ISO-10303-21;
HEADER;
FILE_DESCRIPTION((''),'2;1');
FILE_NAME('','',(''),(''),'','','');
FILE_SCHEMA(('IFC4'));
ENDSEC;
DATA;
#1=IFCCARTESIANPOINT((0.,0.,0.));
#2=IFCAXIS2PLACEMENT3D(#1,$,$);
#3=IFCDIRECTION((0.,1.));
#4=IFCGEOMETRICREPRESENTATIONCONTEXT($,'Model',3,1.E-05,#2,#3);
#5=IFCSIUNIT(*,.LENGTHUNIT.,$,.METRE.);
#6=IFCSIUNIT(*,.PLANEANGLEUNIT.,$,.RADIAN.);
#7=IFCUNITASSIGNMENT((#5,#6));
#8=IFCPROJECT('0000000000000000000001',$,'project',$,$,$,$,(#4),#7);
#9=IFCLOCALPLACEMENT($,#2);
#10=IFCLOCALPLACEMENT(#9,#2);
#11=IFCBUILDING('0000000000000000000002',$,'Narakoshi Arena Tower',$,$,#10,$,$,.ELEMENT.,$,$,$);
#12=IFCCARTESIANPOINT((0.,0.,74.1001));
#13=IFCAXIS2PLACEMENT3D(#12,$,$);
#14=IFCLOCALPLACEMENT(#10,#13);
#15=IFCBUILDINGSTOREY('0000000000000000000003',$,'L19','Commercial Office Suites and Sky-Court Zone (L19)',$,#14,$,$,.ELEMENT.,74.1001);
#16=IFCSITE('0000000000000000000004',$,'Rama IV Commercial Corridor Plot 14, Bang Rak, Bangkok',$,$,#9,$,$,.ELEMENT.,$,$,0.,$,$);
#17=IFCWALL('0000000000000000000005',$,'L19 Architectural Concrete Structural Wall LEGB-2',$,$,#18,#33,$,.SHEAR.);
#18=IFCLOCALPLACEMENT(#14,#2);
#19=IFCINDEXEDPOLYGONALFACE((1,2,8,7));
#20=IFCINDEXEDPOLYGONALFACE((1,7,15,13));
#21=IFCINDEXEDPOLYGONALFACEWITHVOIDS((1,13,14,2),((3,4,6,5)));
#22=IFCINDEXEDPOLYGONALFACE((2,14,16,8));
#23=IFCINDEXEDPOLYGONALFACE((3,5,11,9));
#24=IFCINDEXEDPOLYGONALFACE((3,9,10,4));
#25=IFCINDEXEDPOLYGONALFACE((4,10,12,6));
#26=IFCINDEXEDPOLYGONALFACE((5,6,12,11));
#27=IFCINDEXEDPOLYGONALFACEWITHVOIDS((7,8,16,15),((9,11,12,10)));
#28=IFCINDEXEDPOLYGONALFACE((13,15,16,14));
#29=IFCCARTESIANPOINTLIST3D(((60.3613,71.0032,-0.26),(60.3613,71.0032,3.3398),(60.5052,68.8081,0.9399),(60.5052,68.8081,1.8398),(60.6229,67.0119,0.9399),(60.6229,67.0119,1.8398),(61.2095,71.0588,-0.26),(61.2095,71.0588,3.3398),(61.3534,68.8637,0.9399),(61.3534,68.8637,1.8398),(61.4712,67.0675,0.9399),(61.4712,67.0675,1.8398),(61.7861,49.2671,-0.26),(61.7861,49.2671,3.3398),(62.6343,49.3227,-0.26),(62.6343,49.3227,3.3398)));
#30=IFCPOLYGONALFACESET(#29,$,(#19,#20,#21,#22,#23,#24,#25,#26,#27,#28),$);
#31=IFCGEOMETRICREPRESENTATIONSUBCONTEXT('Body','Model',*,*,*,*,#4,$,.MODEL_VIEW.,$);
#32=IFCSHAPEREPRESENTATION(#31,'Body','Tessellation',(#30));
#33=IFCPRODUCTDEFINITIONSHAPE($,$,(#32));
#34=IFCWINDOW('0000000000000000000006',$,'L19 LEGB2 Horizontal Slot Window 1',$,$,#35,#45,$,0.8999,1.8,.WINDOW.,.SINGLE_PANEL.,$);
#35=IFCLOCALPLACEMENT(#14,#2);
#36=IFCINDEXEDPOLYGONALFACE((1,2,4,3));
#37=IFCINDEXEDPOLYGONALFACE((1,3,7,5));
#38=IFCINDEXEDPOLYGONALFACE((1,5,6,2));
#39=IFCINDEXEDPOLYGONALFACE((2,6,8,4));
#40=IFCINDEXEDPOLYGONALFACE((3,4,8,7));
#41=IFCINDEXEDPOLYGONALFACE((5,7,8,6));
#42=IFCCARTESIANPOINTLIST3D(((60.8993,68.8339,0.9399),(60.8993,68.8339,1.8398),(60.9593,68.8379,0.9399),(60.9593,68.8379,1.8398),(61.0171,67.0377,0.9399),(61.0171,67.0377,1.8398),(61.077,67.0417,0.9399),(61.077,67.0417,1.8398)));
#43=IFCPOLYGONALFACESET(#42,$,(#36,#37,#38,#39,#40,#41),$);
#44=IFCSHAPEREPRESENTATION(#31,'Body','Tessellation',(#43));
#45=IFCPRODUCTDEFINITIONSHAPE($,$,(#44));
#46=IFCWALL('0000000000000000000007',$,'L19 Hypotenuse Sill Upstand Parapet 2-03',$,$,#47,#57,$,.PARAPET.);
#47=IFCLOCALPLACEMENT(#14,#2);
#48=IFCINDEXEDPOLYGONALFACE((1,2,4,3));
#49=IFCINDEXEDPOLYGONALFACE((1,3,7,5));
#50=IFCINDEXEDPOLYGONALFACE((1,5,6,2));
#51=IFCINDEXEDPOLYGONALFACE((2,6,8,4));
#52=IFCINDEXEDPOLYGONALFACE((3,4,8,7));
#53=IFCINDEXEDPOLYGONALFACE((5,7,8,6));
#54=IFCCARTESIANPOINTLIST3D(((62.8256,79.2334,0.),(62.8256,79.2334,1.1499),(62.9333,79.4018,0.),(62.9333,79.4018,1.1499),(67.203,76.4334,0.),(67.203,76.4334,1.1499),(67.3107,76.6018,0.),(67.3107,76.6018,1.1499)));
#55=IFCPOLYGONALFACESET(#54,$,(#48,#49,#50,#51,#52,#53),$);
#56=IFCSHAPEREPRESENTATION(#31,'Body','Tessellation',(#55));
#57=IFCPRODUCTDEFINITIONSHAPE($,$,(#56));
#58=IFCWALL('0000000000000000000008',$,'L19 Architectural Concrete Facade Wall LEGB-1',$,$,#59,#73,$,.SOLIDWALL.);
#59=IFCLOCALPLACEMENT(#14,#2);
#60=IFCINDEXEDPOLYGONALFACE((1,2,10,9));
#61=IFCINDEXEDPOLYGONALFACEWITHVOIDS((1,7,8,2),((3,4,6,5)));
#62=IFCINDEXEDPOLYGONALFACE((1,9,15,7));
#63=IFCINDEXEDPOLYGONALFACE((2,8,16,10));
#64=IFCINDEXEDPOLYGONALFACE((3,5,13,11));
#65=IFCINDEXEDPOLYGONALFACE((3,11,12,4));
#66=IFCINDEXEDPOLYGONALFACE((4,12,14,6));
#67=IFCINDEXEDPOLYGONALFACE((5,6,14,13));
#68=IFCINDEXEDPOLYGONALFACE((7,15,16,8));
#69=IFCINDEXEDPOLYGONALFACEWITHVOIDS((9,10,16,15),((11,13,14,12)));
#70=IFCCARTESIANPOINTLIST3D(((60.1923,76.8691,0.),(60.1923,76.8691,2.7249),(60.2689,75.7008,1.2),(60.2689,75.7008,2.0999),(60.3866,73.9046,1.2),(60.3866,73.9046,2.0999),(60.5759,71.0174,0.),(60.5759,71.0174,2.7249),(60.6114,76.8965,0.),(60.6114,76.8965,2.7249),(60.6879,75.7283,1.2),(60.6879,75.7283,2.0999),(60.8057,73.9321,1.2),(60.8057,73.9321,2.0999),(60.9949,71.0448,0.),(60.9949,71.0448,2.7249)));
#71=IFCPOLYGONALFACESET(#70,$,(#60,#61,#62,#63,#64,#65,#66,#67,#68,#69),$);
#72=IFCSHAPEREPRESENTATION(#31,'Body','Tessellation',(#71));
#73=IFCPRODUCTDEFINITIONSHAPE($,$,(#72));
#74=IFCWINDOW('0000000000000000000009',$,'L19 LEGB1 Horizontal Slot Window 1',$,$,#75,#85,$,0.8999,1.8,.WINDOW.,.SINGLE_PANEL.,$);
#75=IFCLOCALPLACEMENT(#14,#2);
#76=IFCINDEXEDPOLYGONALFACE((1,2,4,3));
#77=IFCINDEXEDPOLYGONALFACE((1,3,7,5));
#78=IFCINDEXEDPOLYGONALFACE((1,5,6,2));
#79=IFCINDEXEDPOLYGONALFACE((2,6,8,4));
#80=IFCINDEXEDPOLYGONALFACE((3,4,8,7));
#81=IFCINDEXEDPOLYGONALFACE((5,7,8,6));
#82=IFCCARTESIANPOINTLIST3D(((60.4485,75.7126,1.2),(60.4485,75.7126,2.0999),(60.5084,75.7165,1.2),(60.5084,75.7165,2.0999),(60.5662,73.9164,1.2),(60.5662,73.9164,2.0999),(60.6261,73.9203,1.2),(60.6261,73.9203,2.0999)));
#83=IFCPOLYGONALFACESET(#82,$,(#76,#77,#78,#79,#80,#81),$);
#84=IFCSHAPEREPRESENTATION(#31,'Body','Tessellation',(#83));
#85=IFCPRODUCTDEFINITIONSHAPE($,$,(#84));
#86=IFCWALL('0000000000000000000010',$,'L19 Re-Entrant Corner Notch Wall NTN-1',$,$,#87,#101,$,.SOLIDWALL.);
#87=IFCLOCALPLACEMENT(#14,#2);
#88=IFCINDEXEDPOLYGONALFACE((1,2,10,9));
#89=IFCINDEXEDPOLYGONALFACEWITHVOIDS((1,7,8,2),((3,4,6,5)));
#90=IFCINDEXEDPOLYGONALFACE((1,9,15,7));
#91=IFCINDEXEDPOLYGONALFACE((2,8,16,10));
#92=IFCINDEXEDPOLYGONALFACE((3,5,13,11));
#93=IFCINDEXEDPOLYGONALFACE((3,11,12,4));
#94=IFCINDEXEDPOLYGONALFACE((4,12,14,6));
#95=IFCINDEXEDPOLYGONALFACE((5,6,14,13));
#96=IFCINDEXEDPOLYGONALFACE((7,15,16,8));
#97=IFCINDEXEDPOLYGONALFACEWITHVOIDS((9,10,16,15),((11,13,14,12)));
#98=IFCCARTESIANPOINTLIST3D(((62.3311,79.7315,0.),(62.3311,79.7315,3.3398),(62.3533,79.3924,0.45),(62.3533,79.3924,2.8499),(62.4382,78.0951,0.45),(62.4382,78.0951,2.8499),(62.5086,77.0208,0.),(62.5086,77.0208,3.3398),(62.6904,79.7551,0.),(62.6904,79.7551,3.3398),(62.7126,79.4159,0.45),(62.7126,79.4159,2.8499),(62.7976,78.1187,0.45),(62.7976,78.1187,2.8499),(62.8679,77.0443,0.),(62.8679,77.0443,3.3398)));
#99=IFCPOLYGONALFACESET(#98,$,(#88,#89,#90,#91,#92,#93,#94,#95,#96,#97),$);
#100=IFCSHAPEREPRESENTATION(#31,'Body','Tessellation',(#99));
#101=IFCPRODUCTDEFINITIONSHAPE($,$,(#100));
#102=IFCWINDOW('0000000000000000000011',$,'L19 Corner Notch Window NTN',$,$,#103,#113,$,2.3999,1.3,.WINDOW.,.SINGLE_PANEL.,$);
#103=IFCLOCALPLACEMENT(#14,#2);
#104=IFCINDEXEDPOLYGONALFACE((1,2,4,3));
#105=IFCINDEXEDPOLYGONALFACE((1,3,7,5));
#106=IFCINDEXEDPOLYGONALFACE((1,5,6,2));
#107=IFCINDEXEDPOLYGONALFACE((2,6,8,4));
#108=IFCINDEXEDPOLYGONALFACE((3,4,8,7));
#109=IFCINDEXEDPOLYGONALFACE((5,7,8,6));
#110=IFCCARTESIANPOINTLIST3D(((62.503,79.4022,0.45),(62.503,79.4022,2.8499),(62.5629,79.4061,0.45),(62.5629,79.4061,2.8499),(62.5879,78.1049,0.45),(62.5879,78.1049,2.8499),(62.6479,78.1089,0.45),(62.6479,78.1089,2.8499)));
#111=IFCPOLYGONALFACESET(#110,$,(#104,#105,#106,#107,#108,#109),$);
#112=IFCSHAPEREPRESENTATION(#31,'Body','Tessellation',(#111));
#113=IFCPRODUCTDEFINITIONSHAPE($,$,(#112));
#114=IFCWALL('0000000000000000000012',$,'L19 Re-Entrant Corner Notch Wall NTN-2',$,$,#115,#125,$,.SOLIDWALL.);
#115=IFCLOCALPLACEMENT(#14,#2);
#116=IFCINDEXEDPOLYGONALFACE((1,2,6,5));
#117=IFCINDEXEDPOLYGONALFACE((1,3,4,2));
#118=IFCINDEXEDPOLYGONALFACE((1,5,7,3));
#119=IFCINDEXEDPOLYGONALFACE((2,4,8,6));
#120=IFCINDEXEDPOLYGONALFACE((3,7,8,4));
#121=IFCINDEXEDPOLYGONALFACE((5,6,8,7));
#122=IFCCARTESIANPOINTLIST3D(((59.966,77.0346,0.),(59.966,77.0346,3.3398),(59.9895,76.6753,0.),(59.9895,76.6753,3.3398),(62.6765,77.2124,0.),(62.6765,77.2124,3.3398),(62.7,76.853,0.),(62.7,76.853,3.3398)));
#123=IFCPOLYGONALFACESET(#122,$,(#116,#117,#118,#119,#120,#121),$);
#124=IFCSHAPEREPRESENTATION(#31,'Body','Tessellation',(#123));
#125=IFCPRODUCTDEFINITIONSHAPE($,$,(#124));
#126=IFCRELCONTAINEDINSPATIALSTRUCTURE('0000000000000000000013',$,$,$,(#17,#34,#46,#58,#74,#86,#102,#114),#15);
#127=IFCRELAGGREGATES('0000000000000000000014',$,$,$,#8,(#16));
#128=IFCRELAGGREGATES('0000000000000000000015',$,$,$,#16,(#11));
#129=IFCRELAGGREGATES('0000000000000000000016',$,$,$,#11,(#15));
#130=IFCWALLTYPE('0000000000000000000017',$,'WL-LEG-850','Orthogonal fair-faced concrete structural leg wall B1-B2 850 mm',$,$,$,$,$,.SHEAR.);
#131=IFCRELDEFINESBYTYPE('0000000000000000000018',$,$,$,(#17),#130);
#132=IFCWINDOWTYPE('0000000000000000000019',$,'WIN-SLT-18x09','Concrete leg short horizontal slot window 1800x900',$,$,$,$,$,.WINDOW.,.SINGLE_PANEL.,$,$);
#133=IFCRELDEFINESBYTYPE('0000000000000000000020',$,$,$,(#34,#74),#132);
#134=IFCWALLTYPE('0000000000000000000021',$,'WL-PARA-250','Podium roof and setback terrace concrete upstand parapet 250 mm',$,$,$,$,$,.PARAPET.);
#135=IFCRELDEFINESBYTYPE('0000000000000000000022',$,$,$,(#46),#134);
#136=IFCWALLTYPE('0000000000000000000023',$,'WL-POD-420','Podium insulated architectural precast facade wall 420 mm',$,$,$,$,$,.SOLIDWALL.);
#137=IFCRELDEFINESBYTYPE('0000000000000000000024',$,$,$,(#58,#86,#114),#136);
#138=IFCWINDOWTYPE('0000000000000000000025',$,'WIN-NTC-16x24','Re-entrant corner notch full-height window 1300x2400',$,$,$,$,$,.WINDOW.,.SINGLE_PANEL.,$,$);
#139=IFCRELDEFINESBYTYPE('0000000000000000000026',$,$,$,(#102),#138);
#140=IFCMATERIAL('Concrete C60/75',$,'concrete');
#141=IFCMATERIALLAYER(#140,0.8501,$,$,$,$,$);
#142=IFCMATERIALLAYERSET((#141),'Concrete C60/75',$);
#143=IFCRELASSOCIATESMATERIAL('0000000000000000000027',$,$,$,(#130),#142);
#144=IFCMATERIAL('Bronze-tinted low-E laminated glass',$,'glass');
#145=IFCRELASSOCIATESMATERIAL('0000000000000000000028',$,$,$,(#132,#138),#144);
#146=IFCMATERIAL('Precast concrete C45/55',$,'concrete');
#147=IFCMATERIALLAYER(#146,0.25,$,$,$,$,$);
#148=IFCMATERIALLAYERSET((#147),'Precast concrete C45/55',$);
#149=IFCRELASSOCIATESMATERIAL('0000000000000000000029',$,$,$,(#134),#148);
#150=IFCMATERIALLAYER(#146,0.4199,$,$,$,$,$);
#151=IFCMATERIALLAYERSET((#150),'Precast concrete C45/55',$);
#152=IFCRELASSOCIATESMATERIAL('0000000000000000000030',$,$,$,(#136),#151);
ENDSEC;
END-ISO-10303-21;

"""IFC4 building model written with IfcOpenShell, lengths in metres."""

from ifc_helpers import new_model, si_unit, direction, frame, frame_2d, origin, place, context, subcontext, project, spatial, rectangle, extrude, material, layer, layer_set, type_object, element, fill, save


model = new_model("IFC4")

# Units and contexts
model_context = context("Model", 3, precision=1e-05, world=origin(), true_north=direction((0.0, 1.0)))
body_context = subcontext(model_context, "Body", "Model", "MODEL_VIEW")
ifc_project = project(units=[si_unit("LENGTHUNIT", "METRE"), si_unit("PLANEANGLEUNIT", "RADIAN")], contexts=[model_context])

# Site, building, storey
site_placement = place(None, origin())
site = spatial("IfcSite", under=ifc_project, at=site_placement, Name="Rama IV Commercial Corridor Plot 14, Bang Rak, Bangkok", CompositionType="ELEMENT", RefElevation=0.0)
building_placement = place(site_placement, origin())
building = spatial("IfcBuilding", under=site, at=building_placement, Name="Narakoshi Arena Tower", CompositionType="ELEMENT")
storey_placement = place(building_placement, frame((0.0, 0.0, 74.1001)))
storey = spatial("IfcBuildingStorey", under=building, at=storey_placement, Name="L19", Description="Commercial Office Suites and Sky-Court Zone (L19)", CompositionType="ELEMENT", Elevation=74.1001)

# Shared definitions
ifc_material_1 = material(Name="Concrete C60/75", Category="concrete")

# Shared definitions
ifc_material_2 = material(Name="Bronze-tinted low-E laminated glass", Category="glass")

# Wall, opening, window
ifc_layer_1 = layer(ifc_material_1, 0.8501)
ifc_layer_set_1 = layer_set([ifc_layer_1], Name="Concrete C60/75")
wall_type_1 = type_object("IfcWallType", Name="WL-LEG-850", Description="Orthogonal fair-faced concrete structural leg wall B1-B2 850 mm", PredefinedType="SHEAR", material=ifc_layer_set_1)
wall_1_placement = place(storey_placement, frame((60.7854, 71.031, -0.26), z_axis=(0.0, 0.0, 1.0), x_axis=(0.06541, -0.997858, 0.0)))
wall_1 = element("IfcWall", 1, at=wall_1_placement, inside=storey, type_object=wall_type_1, Name="L19 Architectural Concrete Structural Wall LEGB-2", PredefinedType="SHEAR", context=body_context, shape_type="SweptSolid", body=[
    extrude(rectangle(XDim=21.7827, YDim=0.8501, at=frame_2d((10.8914, 0.0))), origin(), (0.0, 0.0, 1.0), 3.5999),
])
opening_1_placement = place(wall_1_placement, frame((2.2, 0.0, 1.2)))
opening_1 = element("IfcOpeningElement", 2, at=opening_1_placement, cuts=wall_1, PredefinedType="OPENING", context=body_context, shape_type="SweptSolid", body=[
    extrude(rectangle(XDim=1.8, YDim=0.8999, at=frame_2d((0.8999, 0.45))), frame((0.0, 0.4351, 0.0), z_axis=(0.0, -1.0, 0.0), x_axis=(1.0, 0.0, 0.0)), (0.0, 0.0, 1.0), 0.8701),
])
window_type_1 = type_object("IfcWindowType", Name="WIN-SLT-18x09", Description="Concrete leg short horizontal slot window 1800x900", PartitioningType="SINGLE_PANEL", PredefinedType="WINDOW", material=ifc_material_2)
window_1_placement = place(opening_1_placement, origin())
window_1 = element("IfcWindow", 3, at=window_1_placement, inside=storey, type_object=window_type_1, Name="L19 LEGB2 Horizontal Slot Window 1", OverallHeight=0.8999, OverallWidth=1.8, PartitioningType="SINGLE_PANEL", PredefinedType="WINDOW", context=body_context, shape_type="SweptSolid", body=[
    extrude(rectangle(XDim=1.8, YDim=0.8999, at=frame_2d((0.8999, 0.45))), frame((0.0, 0.03, 0.0), z_axis=(0.0, -1.0, 0.0), x_axis=(1.0, 0.0, 0.0)), (0.0, 0.0, 1.0), 0.0601),
])
fill(opening_1, window_1)

# Wall
ifc_material_3 = material(Name="Precast concrete C45/55", Category="concrete")
ifc_layer_2 = layer(ifc_material_3, 0.25)
ifc_layer_set_2 = layer_set([ifc_layer_2], Name="Precast concrete C45/55")
wall_type_2 = type_object("IfcWallType", Name="WL-PARA-250", Description="Podium roof and setback terrace concrete upstand parapet 250 mm", PredefinedType="PARAPET", material=ifc_layer_set_2)
wall_2_placement = place(storey_placement, frame((67.2568, 76.5176, 0.0), z_axis=(0.0, 0.0, 1.0), x_axis=(-0.842404, 0.538847, 0.0)))
element("IfcWall", 4, at=wall_2_placement, inside=storey, type_object=wall_type_2, Name="L19 Hypotenuse Sill Upstand Parapet 2-03", PredefinedType="PARAPET", context=body_context, shape_type="SweptSolid", body=[
    extrude(rectangle(XDim=5.1963, YDim=0.2, at=frame_2d((2.5981, 0.0))), origin(), (0.0, 0.0, 1.0), 1.1499),
])

# Walls, openings, windows
ifc_layer_3 = layer(ifc_material_3, 0.4199)
ifc_layer_set_3 = layer_set([ifc_layer_3], Name="Precast concrete C45/55")
wall_type_3 = type_object("IfcWallType", Name="WL-POD-420", Description="Podium insulated architectural precast facade wall 420 mm", PredefinedType="SOLIDWALL", material=ifc_layer_set_3)
wall_3_placement = place(storey_placement, frame((60.4019, 76.8828, 0.0), z_axis=(0.0, 0.0, 1.0), x_axis=(0.065403, -0.997859, 0.0)))
wall_3 = element("IfcWall", 5, at=wall_3_placement, inside=storey, type_object=wall_type_3, Name="L19 Architectural Concrete Facade Wall LEGB-1", PredefinedType="SOLIDWALL", context=body_context, shape_type="SweptSolid", body=[
    extrude(rectangle(XDim=5.8643, YDim=0.4199, at=frame_2d((2.9321, 0.0))), origin(), (0.0, 0.0, 1.0), 2.7249),
])
opening_2_placement = place(wall_3_placement, frame((1.1709, 0.0, 1.2)))
opening_2 = element("IfcOpeningElement", 6, at=opening_2_placement, cuts=wall_3, PredefinedType="OPENING", context=body_context, shape_type="SweptSolid", body=[
    extrude(rectangle(XDim=1.8, YDim=0.8999, at=frame_2d((0.8999, 0.45))), frame((0.0, 0.22, 0.0), z_axis=(0.0, -1.0, 0.0), x_axis=(1.0, 0.0, 0.0)), (0.0, 0.0, 1.0), 0.4399),
])
window_2_placement = place(opening_2_placement, origin())
window_2 = element("IfcWindow", 7, at=window_2_placement, inside=storey, type_object=window_type_1, Name="L19 LEGB1 Horizontal Slot Window 1", OverallHeight=0.8999, OverallWidth=1.8, PartitioningType="SINGLE_PANEL", PredefinedType="WINDOW", context=body_context, shape_type="SweptSolid", body=[
    extrude(rectangle(XDim=1.8, YDim=0.8999, at=frame_2d((0.8999, 0.45))), frame((0.0, 0.03, 0.0), z_axis=(0.0, -1.0, 0.0), x_axis=(1.0, 0.0, 0.0)), (0.0, 0.0, 1.0), 0.0601),
])
fill(opening_2, window_2)
wall_4_placement = place(storey_placement, frame((62.5107, 79.7434, 0.0), z_axis=(0.0, 0.0, 1.0), x_axis=(0.065338, -0.997863, 0.0)))
wall_4 = element("IfcWall", 8, at=wall_4_placement, inside=storey, type_object=wall_type_3, Name="L19 Re-Entrant Corner Notch Wall NTN-1", PredefinedType="SOLIDWALL", context=body_context, shape_type="SweptSolid", body=[
    extrude(rectangle(XDim=2.7166, YDim=0.3601, at=frame_2d((1.3584, 0.0))), origin(), (0.0, 0.0, 1.0), 3.3398),
])
opening_3_placement = place(wall_4_placement, frame((0.3401, 0.0, 0.45)))
opening_3 = element("IfcOpeningElement", 9, at=opening_3_placement, cuts=wall_4, PredefinedType="OPENING", context=body_context, shape_type="SweptSolid", body=[
    extrude(rectangle(XDim=1.3, YDim=2.3999, at=frame_2d((0.6499, 1.2))), frame((0.0, 0.1899, 0.0), z_axis=(0.0, -1.0, 0.0), x_axis=(1.0, 0.0, 0.0)), (0.0, 0.0, 1.0), 0.3801),
])
window_type_2 = type_object("IfcWindowType", Name="WIN-NTC-16x24", Description="Re-entrant corner notch full-height window 1300x2400", PartitioningType="SINGLE_PANEL", PredefinedType="WINDOW", material=ifc_material_2)
window_3_placement = place(opening_3_placement, origin())
window_3 = element("IfcWindow", 10, at=window_3_placement, inside=storey, type_object=window_type_2, Name="L19 Corner Notch Window NTN", OverallHeight=2.3999, OverallWidth=1.3, PartitioningType="SINGLE_PANEL", PredefinedType="WINDOW", context=body_context, shape_type="SweptSolid", body=[
    extrude(rectangle(XDim=1.3, YDim=2.3999, at=frame_2d((0.6499, 1.2))), frame((0.0, 0.03, 0.0), z_axis=(0.0, -1.0, 0.0), x_axis=(1.0, 0.0, 0.0)), (0.0, 0.0, 1.0), 0.0601),
])
fill(opening_3, window_3)

# Wall
wall_5_placement = place(storey_placement, frame((62.6882, 77.0327, 0.0), z_axis=(0.0, 0.0, 1.0), x_axis=(-0.997857, -0.065433, 0.0)))
element("IfcWall", 11, at=wall_5_placement, inside=storey, type_object=wall_type_3, Name="L19 Re-Entrant Corner Notch Wall NTN-2", PredefinedType="SOLIDWALL", context=body_context, shape_type="SweptSolid", body=[
    extrude(rectangle(XDim=2.7163, YDim=0.3601, at=frame_2d((1.3582, 0.0))), origin(), (0.0, 0.0, 1.0), 3.3398),
])

save(model, "model.ifc")
